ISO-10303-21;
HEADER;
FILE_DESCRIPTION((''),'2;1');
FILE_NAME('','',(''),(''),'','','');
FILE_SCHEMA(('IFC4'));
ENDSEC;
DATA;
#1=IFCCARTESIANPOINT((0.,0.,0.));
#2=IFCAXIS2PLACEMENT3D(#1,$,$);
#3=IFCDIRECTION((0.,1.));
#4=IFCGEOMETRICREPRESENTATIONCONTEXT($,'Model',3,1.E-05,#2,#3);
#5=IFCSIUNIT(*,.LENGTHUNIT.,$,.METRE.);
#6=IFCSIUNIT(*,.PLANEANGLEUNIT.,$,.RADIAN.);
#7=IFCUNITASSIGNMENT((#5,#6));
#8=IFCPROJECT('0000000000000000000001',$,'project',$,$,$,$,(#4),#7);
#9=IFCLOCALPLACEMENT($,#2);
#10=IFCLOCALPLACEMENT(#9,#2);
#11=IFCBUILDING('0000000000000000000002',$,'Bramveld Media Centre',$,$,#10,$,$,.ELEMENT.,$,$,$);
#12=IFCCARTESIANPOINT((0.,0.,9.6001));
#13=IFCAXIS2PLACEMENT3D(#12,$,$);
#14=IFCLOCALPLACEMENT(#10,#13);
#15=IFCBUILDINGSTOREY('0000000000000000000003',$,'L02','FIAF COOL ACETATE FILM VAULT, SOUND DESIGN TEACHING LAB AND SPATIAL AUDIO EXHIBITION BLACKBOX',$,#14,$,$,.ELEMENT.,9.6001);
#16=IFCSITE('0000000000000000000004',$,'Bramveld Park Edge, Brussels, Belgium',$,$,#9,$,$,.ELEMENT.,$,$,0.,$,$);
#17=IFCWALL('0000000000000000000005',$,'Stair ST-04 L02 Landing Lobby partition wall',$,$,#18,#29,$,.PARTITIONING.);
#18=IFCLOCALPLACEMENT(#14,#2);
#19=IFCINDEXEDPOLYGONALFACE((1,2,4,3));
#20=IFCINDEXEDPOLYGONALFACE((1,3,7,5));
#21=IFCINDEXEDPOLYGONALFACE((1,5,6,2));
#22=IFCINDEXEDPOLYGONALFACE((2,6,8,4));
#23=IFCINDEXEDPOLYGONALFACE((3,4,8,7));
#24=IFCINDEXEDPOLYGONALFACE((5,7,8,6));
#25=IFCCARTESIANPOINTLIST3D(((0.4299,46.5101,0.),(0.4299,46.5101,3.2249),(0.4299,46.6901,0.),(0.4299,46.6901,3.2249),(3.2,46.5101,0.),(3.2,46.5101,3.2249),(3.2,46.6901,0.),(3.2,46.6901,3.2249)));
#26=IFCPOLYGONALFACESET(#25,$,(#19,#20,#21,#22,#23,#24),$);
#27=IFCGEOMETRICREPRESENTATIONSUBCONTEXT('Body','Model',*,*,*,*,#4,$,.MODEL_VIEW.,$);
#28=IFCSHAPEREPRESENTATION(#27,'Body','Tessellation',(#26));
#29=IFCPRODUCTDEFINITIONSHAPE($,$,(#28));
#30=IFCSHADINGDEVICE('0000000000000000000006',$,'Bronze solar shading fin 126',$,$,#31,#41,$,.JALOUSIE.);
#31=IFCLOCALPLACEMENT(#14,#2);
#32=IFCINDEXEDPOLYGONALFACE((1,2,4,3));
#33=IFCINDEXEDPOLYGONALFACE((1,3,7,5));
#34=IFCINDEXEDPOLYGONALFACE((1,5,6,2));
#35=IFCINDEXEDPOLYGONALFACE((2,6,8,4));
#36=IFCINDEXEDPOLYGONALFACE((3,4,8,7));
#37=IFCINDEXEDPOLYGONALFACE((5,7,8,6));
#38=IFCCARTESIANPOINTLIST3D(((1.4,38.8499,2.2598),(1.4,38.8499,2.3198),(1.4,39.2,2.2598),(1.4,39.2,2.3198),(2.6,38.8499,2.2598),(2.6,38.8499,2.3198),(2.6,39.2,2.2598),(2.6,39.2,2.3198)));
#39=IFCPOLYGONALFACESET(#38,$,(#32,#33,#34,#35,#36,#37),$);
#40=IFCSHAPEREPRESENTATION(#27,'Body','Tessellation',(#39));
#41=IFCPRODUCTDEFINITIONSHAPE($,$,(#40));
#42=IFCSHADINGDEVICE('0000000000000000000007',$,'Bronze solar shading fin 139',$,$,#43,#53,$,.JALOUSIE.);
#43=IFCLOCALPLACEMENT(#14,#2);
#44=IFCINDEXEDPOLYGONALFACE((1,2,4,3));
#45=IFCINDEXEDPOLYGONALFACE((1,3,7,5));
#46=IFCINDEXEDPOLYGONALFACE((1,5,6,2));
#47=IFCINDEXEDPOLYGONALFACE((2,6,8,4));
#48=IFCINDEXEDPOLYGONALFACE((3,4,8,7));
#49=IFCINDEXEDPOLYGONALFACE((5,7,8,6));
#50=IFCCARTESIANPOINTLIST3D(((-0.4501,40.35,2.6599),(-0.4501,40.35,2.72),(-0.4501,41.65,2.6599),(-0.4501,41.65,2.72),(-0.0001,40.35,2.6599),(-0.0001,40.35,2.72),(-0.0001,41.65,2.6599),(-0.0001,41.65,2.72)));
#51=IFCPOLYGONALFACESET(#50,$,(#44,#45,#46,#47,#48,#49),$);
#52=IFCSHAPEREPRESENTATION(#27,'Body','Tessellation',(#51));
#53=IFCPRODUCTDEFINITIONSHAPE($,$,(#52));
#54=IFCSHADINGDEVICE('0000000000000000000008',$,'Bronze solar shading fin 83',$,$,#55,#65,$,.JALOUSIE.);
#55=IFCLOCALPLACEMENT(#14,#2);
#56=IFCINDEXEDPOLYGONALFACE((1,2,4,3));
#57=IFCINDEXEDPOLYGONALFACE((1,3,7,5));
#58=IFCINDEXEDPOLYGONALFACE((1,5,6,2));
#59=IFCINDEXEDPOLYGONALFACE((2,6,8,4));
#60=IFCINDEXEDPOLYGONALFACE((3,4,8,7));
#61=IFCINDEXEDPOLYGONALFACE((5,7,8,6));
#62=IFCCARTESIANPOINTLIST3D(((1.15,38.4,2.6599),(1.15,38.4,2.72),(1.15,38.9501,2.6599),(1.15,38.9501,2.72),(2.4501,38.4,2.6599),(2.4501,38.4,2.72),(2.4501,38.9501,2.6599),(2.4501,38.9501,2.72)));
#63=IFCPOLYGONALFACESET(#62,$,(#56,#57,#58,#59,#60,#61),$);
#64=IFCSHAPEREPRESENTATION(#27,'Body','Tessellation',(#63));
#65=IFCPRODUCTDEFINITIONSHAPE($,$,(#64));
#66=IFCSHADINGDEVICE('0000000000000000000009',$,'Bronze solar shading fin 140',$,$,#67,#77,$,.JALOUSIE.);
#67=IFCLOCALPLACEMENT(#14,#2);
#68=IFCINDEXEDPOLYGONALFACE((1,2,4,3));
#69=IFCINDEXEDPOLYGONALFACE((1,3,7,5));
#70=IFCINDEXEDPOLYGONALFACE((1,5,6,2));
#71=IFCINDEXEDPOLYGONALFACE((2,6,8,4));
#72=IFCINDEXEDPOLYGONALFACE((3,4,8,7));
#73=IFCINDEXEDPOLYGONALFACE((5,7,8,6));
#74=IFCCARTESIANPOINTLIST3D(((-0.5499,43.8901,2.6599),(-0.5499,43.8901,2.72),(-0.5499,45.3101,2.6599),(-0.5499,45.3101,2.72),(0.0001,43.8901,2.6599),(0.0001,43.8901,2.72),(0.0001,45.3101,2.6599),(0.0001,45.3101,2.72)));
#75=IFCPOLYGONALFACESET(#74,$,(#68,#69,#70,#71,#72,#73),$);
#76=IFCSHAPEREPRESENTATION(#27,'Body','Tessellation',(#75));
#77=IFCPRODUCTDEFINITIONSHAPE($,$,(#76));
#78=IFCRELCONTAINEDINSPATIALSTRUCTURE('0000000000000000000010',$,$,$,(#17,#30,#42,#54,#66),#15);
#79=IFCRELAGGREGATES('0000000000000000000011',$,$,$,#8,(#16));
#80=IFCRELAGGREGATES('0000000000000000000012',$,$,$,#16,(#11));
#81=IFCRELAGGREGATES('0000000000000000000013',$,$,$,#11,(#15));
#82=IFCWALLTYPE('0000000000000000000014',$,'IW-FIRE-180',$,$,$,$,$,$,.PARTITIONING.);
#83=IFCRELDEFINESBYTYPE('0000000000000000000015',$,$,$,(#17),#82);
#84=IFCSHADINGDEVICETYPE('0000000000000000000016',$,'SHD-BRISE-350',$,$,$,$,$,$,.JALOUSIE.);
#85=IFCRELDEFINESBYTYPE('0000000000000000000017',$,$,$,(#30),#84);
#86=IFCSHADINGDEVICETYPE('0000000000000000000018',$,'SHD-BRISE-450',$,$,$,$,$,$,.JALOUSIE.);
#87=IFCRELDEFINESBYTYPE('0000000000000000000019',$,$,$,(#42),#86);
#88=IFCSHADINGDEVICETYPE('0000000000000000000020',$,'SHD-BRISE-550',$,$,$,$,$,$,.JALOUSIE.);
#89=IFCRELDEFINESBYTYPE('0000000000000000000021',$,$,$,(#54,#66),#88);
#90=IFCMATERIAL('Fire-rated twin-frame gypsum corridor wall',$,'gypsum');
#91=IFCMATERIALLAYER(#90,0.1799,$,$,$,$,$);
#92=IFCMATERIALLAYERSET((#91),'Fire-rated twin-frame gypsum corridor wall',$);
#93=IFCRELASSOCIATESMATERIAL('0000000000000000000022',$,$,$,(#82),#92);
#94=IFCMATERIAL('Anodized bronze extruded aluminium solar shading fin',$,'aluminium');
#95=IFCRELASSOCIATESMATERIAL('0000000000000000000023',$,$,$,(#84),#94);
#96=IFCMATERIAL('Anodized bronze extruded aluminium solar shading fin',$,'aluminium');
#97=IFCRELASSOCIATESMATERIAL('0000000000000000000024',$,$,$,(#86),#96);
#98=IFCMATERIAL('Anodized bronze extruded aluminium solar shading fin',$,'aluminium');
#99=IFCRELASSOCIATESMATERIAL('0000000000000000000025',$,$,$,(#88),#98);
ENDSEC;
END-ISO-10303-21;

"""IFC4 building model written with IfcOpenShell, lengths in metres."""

from ifc_helpers import new_model, si_unit, direction, frame, frame_2d, origin, origin_2d, place, context, subcontext, project, spatial, rectangle, extrude, material, layer, layer_set, type_object, element, save


model = new_model("IFC4")

# Units and contexts
model_context = context("Model", 3, precision=1e-05, world=origin(), true_north=direction((0.0, 1.0)))
body_context = subcontext(model_context, "Body", "Model", "MODEL_VIEW")
ifc_project = project(units=[si_unit("LENGTHUNIT", "METRE"), si_unit("PLANEANGLEUNIT", "RADIAN")], contexts=[model_context])

# Site, building, storey
site_placement = place(None, origin())
site = spatial("IfcSite", under=ifc_project, at=site_placement, Name="Bramveld Park Edge, Brussels, Belgium", CompositionType="ELEMENT", RefElevation=0.0)
building_placement = place(site_placement, origin())
building = spatial("IfcBuilding", under=site, at=building_placement, Name="Bramveld Media Centre", CompositionType="ELEMENT")
storey_placement = place(building_placement, frame((0.0, 0.0, 9.6001)))
storey = spatial("IfcBuildingStorey", under=building, at=storey_placement, Name="L02", Description="FIAF COOL ACETATE FILM VAULT, SOUND DESIGN TEACHING LAB AND SPATIAL AUDIO EXHIBITION BLACKBOX", CompositionType="ELEMENT", Elevation=9.6001)

# Wall
ifc_material_1 = material(Name="Fire-rated twin-frame gypsum corridor wall", Category="gypsum")
ifc_layer_1 = layer(ifc_material_1, 0.1799)
ifc_layer_set_1 = layer_set([ifc_layer_1], Name="Fire-rated twin-frame gypsum corridor wall")
wall_type_1 = type_object("IfcWallType", Name="IW-FIRE-180", PredefinedType="PARTITIONING", material=ifc_layer_set_1)
wall_1_placement = place(storey_placement, frame((0.4299, 46.6001, 0.0), z_axis=(0.0, 0.0, 1.0), x_axis=(1.0, 0.0, 0.0)))
element("IfcWall", 1, at=wall_1_placement, inside=storey, type_object=wall_type_1, Name="Stair ST-04 L02 Landing Lobby partition wall", PredefinedType="PARTITIONING", context=body_context, shape_type="SweptSolid", body=[
    extrude(rectangle(XDim=2.77, YDim=0.1799, at=frame_2d((1.385, 0.0))), origin(), (0.0, 0.0, 1.0), 3.2249),
])

# Shading devices
ifc_material_2 = material(Name="Anodized bronze extruded aluminium solar shading fin", Category="aluminium")
shading_device_type_1 = type_object("IfcShadingDeviceType", Name="SHD-BRISE-350", PredefinedType="JALOUSIE", material=ifc_material_2)
shading_device_1_placement = place(storey_placement, frame((2.0, 39.0249, 2.2598), z_axis=(0.0, 0.0, 1.0), x_axis=(1.0, 0.0, 0.0)))
element("IfcShadingDevice", 2, at=shading_device_1_placement, inside=storey, type_object=shading_device_type_1, Name="Bronze solar shading fin 126", PredefinedType="JALOUSIE", context=body_context, shape_type="SweptSolid", body=[
    extrude(rectangle(XDim=1.2, YDim=0.3501, at=origin_2d()), origin(), (0.0, 0.0, 1.0), 0.0601),
])
ifc_material_3 = material(Name="Anodized bronze extruded aluminium solar shading fin", Category="aluminium")
shading_device_type_2 = type_object("IfcShadingDeviceType", Name="SHD-BRISE-450", PredefinedType="JALOUSIE", material=ifc_material_3)
shading_device_2_placement = place(storey_placement, frame((-0.2251, 41.0, 2.6599), z_axis=(0.0, 0.0, 1.0), x_axis=(1.0, 0.0, 0.0)))
element("IfcShadingDevice", 3, at=shading_device_2_placement, inside=storey, type_object=shading_device_type_2, Name="Bronze solar shading fin 139", PredefinedType="JALOUSIE", context=body_context, shape_type="SweptSolid", body=[
    extrude(rectangle(XDim=0.45, YDim=1.3, at=origin_2d()), origin(), (0.0, 0.0, 1.0), 0.0601),
])
ifc_material_4 = material(Name="Anodized bronze extruded aluminium solar shading fin", Category="aluminium")
shading_device_type_3 = type_object("IfcShadingDeviceType", Name="SHD-BRISE-550", PredefinedType="JALOUSIE", material=ifc_material_4)
shading_device_3_placement = place(storey_placement, frame((1.8, 38.675, 2.6599), z_axis=(0.0, 0.0, 1.0), x_axis=(1.0, 0.0, 0.0)))
element("IfcShadingDevice", 4, at=shading_device_3_placement, inside=storey, type_object=shading_device_type_3, Name="Bronze solar shading fin 83", PredefinedType="JALOUSIE", context=body_context, shape_type="SweptSolid", body=[
    extrude(rectangle(XDim=1.3, YDim=0.55, at=origin_2d()), origin(), (0.0, 0.0, 1.0), 0.0601),
])
shading_device_4_placement = place(storey_placement, frame((-0.2749, 44.6001, 2.6599), z_axis=(0.0, 0.0, 1.0), x_axis=(1.0, 0.0, 0.0)))
element("IfcShadingDevice", 5, at=shading_device_4_placement, inside=storey, type_object=shading_device_type_3, Name="Bronze solar shading fin 140", PredefinedType="JALOUSIE", context=body_context, shape_type="SweptSolid", body=[
    extrude(rectangle(XDim=0.55, YDim=1.4199, at=origin_2d()), origin(), (0.0, 0.0, 1.0), 0.0601),
])

save(model, "model.ifc")
